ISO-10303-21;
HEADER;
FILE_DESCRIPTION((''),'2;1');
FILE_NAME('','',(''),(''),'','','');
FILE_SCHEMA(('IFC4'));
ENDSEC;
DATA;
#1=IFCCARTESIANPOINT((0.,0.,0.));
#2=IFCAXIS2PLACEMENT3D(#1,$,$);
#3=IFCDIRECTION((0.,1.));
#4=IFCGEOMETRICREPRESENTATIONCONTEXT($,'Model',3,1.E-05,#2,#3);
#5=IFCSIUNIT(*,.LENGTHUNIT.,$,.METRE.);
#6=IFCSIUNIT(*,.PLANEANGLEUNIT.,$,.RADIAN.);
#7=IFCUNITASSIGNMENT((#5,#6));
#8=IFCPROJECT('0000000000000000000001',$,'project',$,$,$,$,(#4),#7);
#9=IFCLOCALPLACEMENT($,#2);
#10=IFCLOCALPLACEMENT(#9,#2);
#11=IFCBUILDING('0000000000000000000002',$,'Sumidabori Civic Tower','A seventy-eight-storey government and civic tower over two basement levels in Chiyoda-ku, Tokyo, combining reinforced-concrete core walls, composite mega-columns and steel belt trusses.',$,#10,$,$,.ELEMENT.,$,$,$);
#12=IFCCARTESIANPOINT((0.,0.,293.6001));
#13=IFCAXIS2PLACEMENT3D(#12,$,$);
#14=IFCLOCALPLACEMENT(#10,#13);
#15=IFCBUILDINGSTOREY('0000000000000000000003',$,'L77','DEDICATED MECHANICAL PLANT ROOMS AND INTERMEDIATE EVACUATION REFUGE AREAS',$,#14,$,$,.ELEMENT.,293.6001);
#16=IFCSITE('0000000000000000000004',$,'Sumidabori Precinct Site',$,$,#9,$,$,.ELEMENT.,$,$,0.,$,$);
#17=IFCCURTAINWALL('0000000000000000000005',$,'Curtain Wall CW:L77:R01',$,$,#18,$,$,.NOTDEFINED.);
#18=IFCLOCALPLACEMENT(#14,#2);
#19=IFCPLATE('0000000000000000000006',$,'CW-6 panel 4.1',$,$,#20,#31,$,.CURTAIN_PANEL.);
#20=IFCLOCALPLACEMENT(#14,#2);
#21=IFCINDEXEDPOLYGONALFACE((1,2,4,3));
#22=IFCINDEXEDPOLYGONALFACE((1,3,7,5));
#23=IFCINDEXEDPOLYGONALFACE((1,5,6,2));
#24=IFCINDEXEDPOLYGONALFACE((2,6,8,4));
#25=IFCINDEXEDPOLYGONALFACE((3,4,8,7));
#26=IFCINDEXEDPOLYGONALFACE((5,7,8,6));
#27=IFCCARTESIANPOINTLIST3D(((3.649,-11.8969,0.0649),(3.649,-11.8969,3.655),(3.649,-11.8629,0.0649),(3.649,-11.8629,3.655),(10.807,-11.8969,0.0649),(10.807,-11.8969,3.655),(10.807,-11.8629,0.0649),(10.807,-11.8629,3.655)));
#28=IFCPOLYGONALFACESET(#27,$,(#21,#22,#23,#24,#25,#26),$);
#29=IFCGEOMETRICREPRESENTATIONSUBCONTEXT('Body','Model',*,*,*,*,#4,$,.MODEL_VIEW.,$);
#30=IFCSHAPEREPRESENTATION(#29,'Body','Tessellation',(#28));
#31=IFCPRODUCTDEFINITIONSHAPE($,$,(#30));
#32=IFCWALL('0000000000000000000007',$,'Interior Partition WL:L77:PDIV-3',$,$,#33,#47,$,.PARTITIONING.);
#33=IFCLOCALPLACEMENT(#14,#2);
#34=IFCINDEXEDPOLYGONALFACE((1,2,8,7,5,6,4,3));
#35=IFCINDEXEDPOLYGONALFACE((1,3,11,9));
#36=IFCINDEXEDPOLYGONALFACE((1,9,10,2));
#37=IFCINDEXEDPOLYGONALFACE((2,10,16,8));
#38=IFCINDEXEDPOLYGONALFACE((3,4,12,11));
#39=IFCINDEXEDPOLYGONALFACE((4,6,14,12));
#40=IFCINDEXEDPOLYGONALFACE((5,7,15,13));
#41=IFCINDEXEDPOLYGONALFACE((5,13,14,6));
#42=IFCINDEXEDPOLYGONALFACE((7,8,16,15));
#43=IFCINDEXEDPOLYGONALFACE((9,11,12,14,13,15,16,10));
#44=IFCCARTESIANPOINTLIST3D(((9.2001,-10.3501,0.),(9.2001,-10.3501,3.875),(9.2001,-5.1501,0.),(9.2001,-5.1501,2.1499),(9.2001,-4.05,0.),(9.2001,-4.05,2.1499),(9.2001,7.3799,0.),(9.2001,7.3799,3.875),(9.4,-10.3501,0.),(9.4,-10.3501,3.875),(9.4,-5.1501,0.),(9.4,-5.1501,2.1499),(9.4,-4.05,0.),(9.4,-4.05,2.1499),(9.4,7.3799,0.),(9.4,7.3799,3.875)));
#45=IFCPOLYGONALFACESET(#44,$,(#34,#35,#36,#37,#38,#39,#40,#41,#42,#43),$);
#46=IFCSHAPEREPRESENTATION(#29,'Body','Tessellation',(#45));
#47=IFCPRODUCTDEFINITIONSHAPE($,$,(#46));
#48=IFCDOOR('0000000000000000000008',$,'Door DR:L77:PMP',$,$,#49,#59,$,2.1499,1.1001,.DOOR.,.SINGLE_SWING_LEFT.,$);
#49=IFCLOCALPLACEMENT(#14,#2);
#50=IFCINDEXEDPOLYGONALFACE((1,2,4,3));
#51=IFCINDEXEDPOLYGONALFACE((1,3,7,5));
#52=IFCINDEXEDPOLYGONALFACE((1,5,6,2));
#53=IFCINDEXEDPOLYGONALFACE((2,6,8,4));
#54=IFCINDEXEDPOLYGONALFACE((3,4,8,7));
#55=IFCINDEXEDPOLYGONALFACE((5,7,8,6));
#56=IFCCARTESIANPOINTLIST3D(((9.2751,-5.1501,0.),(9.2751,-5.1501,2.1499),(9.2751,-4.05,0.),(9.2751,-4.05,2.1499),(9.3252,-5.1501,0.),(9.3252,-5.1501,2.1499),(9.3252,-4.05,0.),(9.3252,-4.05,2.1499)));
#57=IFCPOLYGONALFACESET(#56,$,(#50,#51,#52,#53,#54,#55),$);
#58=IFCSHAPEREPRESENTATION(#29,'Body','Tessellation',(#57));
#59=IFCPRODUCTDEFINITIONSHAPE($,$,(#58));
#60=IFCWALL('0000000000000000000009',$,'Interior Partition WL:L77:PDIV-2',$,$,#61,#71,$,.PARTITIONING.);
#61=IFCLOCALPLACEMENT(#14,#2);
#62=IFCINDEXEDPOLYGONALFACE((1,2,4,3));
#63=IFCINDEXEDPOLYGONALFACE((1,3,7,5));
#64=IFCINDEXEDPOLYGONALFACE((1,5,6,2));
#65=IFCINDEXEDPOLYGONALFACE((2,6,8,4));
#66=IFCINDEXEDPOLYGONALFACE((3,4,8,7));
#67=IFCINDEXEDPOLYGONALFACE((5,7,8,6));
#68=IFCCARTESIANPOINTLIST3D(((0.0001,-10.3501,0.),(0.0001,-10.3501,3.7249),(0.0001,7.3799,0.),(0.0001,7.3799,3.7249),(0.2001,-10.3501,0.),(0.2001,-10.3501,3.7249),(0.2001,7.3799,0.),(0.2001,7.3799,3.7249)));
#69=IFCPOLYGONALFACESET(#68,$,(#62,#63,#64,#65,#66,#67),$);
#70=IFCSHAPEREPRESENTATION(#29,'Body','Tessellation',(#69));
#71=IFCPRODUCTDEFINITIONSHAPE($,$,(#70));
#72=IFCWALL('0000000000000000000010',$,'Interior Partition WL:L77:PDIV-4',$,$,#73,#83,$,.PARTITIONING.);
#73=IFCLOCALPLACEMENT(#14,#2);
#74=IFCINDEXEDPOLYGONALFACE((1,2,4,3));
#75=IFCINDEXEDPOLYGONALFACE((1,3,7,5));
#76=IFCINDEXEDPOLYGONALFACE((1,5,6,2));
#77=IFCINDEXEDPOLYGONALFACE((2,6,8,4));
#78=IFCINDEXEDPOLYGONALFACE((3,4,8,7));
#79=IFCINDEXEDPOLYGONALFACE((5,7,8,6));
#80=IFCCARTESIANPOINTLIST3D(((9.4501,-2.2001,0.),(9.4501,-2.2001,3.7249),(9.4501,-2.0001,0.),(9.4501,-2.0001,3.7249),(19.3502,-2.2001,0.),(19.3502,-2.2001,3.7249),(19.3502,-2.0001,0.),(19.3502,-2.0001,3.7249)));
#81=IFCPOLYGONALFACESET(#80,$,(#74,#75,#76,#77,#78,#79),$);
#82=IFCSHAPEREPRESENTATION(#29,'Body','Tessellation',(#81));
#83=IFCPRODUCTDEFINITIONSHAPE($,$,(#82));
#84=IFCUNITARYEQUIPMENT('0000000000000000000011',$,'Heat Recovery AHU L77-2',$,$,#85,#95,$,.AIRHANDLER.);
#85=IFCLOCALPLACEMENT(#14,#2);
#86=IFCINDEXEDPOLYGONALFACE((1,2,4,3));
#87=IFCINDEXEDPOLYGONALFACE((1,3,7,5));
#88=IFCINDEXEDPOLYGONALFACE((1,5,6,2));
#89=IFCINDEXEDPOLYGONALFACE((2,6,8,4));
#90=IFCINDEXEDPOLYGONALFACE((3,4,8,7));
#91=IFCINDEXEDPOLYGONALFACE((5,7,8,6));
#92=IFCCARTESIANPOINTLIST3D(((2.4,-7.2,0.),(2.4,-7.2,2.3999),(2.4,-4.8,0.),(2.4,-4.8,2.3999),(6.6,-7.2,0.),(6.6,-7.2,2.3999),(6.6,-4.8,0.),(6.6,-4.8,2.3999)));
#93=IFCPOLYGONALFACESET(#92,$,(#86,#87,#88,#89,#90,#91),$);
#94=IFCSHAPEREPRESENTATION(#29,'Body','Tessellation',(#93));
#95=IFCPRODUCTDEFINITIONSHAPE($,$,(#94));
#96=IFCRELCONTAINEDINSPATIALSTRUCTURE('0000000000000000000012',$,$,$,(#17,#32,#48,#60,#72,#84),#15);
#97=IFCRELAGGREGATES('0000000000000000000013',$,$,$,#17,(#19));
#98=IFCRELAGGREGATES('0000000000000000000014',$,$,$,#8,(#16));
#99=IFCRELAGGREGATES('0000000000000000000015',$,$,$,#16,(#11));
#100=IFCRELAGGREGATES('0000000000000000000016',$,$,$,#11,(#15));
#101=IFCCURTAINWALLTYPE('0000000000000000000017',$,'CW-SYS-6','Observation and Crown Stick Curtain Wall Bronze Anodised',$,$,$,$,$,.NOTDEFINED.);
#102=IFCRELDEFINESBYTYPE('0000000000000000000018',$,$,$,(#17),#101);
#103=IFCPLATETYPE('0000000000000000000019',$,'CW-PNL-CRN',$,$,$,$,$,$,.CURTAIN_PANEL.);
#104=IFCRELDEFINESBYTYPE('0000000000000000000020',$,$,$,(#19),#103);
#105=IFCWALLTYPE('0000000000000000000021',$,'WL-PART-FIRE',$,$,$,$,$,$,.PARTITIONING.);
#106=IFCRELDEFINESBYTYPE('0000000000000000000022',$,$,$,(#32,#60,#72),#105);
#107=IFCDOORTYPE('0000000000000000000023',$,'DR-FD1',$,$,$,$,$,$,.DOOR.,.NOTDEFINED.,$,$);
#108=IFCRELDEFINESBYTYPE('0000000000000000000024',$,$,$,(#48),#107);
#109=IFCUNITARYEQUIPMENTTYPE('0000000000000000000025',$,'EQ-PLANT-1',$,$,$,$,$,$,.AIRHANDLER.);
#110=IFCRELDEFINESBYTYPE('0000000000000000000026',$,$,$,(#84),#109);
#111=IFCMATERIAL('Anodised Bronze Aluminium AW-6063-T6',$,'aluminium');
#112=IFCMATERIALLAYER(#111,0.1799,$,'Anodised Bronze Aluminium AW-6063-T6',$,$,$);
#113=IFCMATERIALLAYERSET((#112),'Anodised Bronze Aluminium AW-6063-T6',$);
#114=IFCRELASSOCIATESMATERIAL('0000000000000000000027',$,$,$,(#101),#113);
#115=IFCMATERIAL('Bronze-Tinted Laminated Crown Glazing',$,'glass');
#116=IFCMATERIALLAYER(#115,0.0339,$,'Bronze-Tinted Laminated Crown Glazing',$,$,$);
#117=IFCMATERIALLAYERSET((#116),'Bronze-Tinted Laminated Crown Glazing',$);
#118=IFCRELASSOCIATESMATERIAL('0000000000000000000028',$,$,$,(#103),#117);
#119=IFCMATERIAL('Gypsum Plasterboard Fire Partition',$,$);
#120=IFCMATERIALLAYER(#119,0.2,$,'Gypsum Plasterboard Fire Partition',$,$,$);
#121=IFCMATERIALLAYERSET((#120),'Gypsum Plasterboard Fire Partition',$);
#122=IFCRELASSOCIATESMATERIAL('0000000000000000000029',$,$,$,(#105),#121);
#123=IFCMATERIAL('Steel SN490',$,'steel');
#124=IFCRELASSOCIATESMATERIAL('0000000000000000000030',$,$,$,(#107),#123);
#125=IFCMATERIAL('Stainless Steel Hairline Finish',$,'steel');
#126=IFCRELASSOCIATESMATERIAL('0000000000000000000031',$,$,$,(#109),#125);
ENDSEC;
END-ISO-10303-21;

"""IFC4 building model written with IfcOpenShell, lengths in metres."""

from ifc_helpers import new_model, si_unit, direction, frame, frame_2d, origin, origin_2d, place, context, subcontext, project, spatial, rectangle, extrude, source, transform, mapped, material, layer, layer_set, type_object, element, fill, aggregate, save


model = new_model("IFC4")

# Units and contexts
model_context = context("Model", 3, precision=1e-05, world=origin(), true_north=direction((0.0, 1.0)))
body_context = subcontext(model_context, "Body", "Model", "MODEL_VIEW")
ifc_project = project(units=[si_unit("LENGTHUNIT", "METRE"), si_unit("PLANEANGLEUNIT", "RADIAN")], contexts=[model_context])

# Site, building, storey
site_placement = place(None, origin())
site = spatial("IfcSite", under=ifc_project, at=site_placement, Name="Sumidabori Precinct Site", CompositionType="ELEMENT", RefElevation=0.0)
building_placement = place(site_placement, origin())
building = spatial("IfcBuilding", under=site, at=building_placement, Name="Sumidabori Civic Tower", Description="A seventy-eight-storey government and civic tower over two basement levels in Chiyoda-ku, Tokyo, combining reinforced-concrete core walls, composite mega-columns and steel belt trusses.", CompositionType="ELEMENT")
storey_placement = place(building_placement, frame((0.0, 0.0, 293.6001)))
storey = spatial("IfcBuildingStorey", under=building, at=storey_placement, Name="L77", Description="DEDICATED MECHANICAL PLANT ROOMS AND INTERMEDIATE EVACUATION REFUGE AREAS", CompositionType="ELEMENT", Elevation=293.6001)

# Shared definitions
ifc_material_1 = material(Name="Steel SN490", Category="steel")

# Curtain wall
ifc_material_2 = material(Name="Anodised Bronze Aluminium AW-6063-T6", Category="aluminium")
ifc_layer_1 = layer(ifc_material_2, 0.1799, Name="Anodised Bronze Aluminium AW-6063-T6")
ifc_layer_set_1 = layer_set([ifc_layer_1], Name="Anodised Bronze Aluminium AW-6063-T6")
curtain_wall_type = type_object("IfcCurtainWallType", Name="CW-SYS-6", Description="Observation and Crown Stick Curtain Wall Bronze Anodised", PredefinedType="NOTDEFINED", material=ifc_layer_set_1)
curtain_wall_placement = place(storey_placement, origin())
curtain_wall = element("IfcCurtainWall", 1, at=curtain_wall_placement, inside=storey, type_object=curtain_wall_type, Name="Curtain Wall CW:L77:R01", PredefinedType="NOTDEFINED")

# Plate
ifc_material_3 = material(Name="Bronze-Tinted Laminated Crown Glazing", Category="glass")
ifc_layer_2 = layer(ifc_material_3, 0.0339, Name="Bronze-Tinted Laminated Crown Glazing")
ifc_layer_set_2 = layer_set([ifc_layer_2], Name="Bronze-Tinted Laminated Crown Glazing")
plate_type = type_object("IfcPlateType", Name="CW-PNL-CRN", PredefinedType="CURTAIN_PANEL", material=ifc_layer_set_2)
shared_shape_1 = source(origin(), body_context, "Body", "SweptSolid", [
    extrude(rectangle(XDim=7.158, YDim=0.0339, at=origin_2d()), origin(), (0.0, 0.0, 1.0), 3.5901),
])
plate_1_placement = place(storey_placement, frame((7.228, -11.8799, 0.0649), z_axis=(0.0, 0.0, 1.0), x_axis=(1.0, 0.0, 0.0)))
plate_1 = element("IfcPlate", 2, at=plate_1_placement, type_object=plate_type, Name="CW-6 panel 4.1", PredefinedType="CURTAIN_PANEL", context=body_context, shape_type="MappedRepresentation", body=[
    mapped(shared_shape_1, transform((0.0, 0.0, 0.0), x_axis=(1.0, 0.0, 0.0), y_axis=(0.0, 1.0, 0.0), z_axis=(0.0, 0.0, 1.0), scale=1.0)),
])
aggregate(curtain_wall, [plate_1])

# Wall, opening, door
ifc_material_4 = material(Name="Gypsum Plasterboard Fire Partition")
ifc_layer_3 = layer(ifc_material_4, 0.2, Name="Gypsum Plasterboard Fire Partition")
ifc_layer_set_3 = layer_set([ifc_layer_3], Name="Gypsum Plasterboard Fire Partition")
wall_type = type_object("IfcWallType", Name="WL-PART-FIRE", PredefinedType="PARTITIONING", material=ifc_layer_set_3)
shared_shape_2 = source(origin(), body_context, "Body", "SweptSolid", [
    extrude(rectangle(XDim=17.73, YDim=0.2, at=frame_2d((8.865, 0.0))), origin(), (0.0, 0.0, 1.0), 3.875),
])
wall_1_placement = place(storey_placement, frame((9.3, -10.3501, 0.0), z_axis=(0.0, 0.0, 1.0), x_axis=(0.0, 1.0, 0.0)))
wall_1 = element("IfcWall", 3, at=wall_1_placement, inside=storey, type_object=wall_type, Name="Interior Partition WL:L77:PDIV-3", PredefinedType="PARTITIONING", context=body_context, shape_type="MappedRepresentation", body=[
    mapped(shared_shape_2, transform((0.0, 0.0, 0.0), x_axis=(1.0, 0.0, 0.0), y_axis=(0.0, 1.0, 0.0), z_axis=(0.0, 0.0, 1.0), scale=1.0)),
])
opening_placement = place(wall_1_placement, frame((5.2, 0.0, 0.0)))
opening = element("IfcOpeningElement", 4, at=opening_placement, cuts=wall_1, PredefinedType="OPENING", context=body_context, shape_type="SweptSolid", body=[
    extrude(rectangle(XDim=1.1001, YDim=2.1499, at=frame_2d((0.55, 1.075))), frame((0.0, 0.1118, 0.0), z_axis=(0.0, -1.0, 0.0), x_axis=(1.0, 0.0, 0.0)), (0.0, 0.0, 1.0), 0.2239),
])
door_type = type_object("IfcDoorType", Name="DR-FD1", OperationType="NOTDEFINED", PredefinedType="DOOR", material=ifc_material_1)
shared_shape_3 = source(origin(), body_context, "Body", "SweptSolid", [
    extrude(rectangle(XDim=1.1001, YDim=2.1499, at=frame_2d((0.55, 1.075))), frame((0.0, 0.0249, 0.0), z_axis=(0.0, -1.0, 0.0), x_axis=(1.0, 0.0, 0.0)), (0.0, 0.0, 1.0), 0.05),
])
door_placement = place(opening_placement, origin())
door = element("IfcDoor", 5, at=door_placement, inside=storey, type_object=door_type, Name="Door DR:L77:PMP", OperationType="SINGLE_SWING_LEFT", OverallHeight=2.1499, OverallWidth=1.1001, PredefinedType="DOOR", context=body_context, shape_type="MappedRepresentation", body=[
    mapped(shared_shape_3, transform((0.0, 0.0, 0.0), x_axis=(1.0, 0.0, 0.0), y_axis=(0.0, 1.0, 0.0), z_axis=(0.0, 0.0, 1.0), scale=1.0)),
])
fill(opening, door)

# Walls
shared_shape_4 = source(origin(), body_context, "Body", "SweptSolid", [
    extrude(rectangle(XDim=17.73, YDim=0.2, at=frame_2d((8.865, 0.0))), origin(), (0.0, 0.0, 1.0), 3.7249),
])
wall_2_placement = place(storey_placement, frame((0.1001, -10.3501, 0.0), z_axis=(0.0, 0.0, 1.0), x_axis=(0.0, 1.0, 0.0)))
element("IfcWall", 6, at=wall_2_placement, inside=storey, type_object=wall_type, Name="Interior Partition WL:L77:PDIV-2", PredefinedType="PARTITIONING", context=body_context, shape_type="MappedRepresentation", body=[
    mapped(shared_shape_4, transform((0.0, 0.0, 0.0), x_axis=(1.0, 0.0, 0.0), y_axis=(0.0, 1.0, 0.0), z_axis=(0.0, 0.0, 1.0), scale=1.0)),
])
shared_shape_5 = source(origin(), body_context, "Body", "SweptSolid", [
    extrude(rectangle(XDim=9.9001, YDim=0.2, at=frame_2d((4.9502, 0.0))), origin(), (0.0, 0.0, 1.0), 3.7249),
])
wall_3_placement = place(storey_placement, frame((9.45, -2.1001, 0.0), z_axis=(0.0, 0.0, 1.0), x_axis=(1.0, 0.0, 0.0)))
element("IfcWall", 7, at=wall_3_placement, inside=storey, type_object=wall_type, Name="Interior Partition WL:L77:PDIV-4", PredefinedType="PARTITIONING", context=body_context, shape_type="MappedRepresentation", body=[
    mapped(shared_shape_5, transform((0.0, 0.0, 0.0), x_axis=(1.0, 0.0, 0.0), y_axis=(0.0, 1.0, 0.0), z_axis=(0.0, 0.0, 1.0), scale=1.0)),
])

# Unitary equipment
ifc_material_5 = material(Name="Stainless Steel Hairline Finish", Category="steel")
unitary_equipment_type = type_object("IfcUnitaryEquipmentType", Name="EQ-PLANT-1", PredefinedType="AIRHANDLER", material=ifc_material_5)
shared_shape_6 = source(origin(), body_context, "Body", "SweptSolid", [
    extrude(rectangle(XDim=4.2, YDim=2.3999, at=origin_2d()), origin(), (0.0, 0.0, 1.0), 2.3999),
])
unitary_equipment_placement = place(storey_placement, frame((4.5, -6.0, 0.0), z_axis=(0.0, 0.0, 1.0), x_axis=(1.0, 0.0, 0.0)))
element("IfcUnitaryEquipment", 8, at=unitary_equipment_placement, inside=storey, type_object=unitary_equipment_type, Name="Heat Recovery AHU L77-2", PredefinedType="AIRHANDLER", context=body_context, shape_type="MappedRepresentation", body=[
    mapped(shared_shape_6, transform((0.0, 0.0, 0.0), x_axis=(1.0, 0.0, 0.0), y_axis=(0.0, 1.0, 0.0), z_axis=(0.0, 0.0, 1.0), scale=1.0)),
])

save(model, "model.ifc")
